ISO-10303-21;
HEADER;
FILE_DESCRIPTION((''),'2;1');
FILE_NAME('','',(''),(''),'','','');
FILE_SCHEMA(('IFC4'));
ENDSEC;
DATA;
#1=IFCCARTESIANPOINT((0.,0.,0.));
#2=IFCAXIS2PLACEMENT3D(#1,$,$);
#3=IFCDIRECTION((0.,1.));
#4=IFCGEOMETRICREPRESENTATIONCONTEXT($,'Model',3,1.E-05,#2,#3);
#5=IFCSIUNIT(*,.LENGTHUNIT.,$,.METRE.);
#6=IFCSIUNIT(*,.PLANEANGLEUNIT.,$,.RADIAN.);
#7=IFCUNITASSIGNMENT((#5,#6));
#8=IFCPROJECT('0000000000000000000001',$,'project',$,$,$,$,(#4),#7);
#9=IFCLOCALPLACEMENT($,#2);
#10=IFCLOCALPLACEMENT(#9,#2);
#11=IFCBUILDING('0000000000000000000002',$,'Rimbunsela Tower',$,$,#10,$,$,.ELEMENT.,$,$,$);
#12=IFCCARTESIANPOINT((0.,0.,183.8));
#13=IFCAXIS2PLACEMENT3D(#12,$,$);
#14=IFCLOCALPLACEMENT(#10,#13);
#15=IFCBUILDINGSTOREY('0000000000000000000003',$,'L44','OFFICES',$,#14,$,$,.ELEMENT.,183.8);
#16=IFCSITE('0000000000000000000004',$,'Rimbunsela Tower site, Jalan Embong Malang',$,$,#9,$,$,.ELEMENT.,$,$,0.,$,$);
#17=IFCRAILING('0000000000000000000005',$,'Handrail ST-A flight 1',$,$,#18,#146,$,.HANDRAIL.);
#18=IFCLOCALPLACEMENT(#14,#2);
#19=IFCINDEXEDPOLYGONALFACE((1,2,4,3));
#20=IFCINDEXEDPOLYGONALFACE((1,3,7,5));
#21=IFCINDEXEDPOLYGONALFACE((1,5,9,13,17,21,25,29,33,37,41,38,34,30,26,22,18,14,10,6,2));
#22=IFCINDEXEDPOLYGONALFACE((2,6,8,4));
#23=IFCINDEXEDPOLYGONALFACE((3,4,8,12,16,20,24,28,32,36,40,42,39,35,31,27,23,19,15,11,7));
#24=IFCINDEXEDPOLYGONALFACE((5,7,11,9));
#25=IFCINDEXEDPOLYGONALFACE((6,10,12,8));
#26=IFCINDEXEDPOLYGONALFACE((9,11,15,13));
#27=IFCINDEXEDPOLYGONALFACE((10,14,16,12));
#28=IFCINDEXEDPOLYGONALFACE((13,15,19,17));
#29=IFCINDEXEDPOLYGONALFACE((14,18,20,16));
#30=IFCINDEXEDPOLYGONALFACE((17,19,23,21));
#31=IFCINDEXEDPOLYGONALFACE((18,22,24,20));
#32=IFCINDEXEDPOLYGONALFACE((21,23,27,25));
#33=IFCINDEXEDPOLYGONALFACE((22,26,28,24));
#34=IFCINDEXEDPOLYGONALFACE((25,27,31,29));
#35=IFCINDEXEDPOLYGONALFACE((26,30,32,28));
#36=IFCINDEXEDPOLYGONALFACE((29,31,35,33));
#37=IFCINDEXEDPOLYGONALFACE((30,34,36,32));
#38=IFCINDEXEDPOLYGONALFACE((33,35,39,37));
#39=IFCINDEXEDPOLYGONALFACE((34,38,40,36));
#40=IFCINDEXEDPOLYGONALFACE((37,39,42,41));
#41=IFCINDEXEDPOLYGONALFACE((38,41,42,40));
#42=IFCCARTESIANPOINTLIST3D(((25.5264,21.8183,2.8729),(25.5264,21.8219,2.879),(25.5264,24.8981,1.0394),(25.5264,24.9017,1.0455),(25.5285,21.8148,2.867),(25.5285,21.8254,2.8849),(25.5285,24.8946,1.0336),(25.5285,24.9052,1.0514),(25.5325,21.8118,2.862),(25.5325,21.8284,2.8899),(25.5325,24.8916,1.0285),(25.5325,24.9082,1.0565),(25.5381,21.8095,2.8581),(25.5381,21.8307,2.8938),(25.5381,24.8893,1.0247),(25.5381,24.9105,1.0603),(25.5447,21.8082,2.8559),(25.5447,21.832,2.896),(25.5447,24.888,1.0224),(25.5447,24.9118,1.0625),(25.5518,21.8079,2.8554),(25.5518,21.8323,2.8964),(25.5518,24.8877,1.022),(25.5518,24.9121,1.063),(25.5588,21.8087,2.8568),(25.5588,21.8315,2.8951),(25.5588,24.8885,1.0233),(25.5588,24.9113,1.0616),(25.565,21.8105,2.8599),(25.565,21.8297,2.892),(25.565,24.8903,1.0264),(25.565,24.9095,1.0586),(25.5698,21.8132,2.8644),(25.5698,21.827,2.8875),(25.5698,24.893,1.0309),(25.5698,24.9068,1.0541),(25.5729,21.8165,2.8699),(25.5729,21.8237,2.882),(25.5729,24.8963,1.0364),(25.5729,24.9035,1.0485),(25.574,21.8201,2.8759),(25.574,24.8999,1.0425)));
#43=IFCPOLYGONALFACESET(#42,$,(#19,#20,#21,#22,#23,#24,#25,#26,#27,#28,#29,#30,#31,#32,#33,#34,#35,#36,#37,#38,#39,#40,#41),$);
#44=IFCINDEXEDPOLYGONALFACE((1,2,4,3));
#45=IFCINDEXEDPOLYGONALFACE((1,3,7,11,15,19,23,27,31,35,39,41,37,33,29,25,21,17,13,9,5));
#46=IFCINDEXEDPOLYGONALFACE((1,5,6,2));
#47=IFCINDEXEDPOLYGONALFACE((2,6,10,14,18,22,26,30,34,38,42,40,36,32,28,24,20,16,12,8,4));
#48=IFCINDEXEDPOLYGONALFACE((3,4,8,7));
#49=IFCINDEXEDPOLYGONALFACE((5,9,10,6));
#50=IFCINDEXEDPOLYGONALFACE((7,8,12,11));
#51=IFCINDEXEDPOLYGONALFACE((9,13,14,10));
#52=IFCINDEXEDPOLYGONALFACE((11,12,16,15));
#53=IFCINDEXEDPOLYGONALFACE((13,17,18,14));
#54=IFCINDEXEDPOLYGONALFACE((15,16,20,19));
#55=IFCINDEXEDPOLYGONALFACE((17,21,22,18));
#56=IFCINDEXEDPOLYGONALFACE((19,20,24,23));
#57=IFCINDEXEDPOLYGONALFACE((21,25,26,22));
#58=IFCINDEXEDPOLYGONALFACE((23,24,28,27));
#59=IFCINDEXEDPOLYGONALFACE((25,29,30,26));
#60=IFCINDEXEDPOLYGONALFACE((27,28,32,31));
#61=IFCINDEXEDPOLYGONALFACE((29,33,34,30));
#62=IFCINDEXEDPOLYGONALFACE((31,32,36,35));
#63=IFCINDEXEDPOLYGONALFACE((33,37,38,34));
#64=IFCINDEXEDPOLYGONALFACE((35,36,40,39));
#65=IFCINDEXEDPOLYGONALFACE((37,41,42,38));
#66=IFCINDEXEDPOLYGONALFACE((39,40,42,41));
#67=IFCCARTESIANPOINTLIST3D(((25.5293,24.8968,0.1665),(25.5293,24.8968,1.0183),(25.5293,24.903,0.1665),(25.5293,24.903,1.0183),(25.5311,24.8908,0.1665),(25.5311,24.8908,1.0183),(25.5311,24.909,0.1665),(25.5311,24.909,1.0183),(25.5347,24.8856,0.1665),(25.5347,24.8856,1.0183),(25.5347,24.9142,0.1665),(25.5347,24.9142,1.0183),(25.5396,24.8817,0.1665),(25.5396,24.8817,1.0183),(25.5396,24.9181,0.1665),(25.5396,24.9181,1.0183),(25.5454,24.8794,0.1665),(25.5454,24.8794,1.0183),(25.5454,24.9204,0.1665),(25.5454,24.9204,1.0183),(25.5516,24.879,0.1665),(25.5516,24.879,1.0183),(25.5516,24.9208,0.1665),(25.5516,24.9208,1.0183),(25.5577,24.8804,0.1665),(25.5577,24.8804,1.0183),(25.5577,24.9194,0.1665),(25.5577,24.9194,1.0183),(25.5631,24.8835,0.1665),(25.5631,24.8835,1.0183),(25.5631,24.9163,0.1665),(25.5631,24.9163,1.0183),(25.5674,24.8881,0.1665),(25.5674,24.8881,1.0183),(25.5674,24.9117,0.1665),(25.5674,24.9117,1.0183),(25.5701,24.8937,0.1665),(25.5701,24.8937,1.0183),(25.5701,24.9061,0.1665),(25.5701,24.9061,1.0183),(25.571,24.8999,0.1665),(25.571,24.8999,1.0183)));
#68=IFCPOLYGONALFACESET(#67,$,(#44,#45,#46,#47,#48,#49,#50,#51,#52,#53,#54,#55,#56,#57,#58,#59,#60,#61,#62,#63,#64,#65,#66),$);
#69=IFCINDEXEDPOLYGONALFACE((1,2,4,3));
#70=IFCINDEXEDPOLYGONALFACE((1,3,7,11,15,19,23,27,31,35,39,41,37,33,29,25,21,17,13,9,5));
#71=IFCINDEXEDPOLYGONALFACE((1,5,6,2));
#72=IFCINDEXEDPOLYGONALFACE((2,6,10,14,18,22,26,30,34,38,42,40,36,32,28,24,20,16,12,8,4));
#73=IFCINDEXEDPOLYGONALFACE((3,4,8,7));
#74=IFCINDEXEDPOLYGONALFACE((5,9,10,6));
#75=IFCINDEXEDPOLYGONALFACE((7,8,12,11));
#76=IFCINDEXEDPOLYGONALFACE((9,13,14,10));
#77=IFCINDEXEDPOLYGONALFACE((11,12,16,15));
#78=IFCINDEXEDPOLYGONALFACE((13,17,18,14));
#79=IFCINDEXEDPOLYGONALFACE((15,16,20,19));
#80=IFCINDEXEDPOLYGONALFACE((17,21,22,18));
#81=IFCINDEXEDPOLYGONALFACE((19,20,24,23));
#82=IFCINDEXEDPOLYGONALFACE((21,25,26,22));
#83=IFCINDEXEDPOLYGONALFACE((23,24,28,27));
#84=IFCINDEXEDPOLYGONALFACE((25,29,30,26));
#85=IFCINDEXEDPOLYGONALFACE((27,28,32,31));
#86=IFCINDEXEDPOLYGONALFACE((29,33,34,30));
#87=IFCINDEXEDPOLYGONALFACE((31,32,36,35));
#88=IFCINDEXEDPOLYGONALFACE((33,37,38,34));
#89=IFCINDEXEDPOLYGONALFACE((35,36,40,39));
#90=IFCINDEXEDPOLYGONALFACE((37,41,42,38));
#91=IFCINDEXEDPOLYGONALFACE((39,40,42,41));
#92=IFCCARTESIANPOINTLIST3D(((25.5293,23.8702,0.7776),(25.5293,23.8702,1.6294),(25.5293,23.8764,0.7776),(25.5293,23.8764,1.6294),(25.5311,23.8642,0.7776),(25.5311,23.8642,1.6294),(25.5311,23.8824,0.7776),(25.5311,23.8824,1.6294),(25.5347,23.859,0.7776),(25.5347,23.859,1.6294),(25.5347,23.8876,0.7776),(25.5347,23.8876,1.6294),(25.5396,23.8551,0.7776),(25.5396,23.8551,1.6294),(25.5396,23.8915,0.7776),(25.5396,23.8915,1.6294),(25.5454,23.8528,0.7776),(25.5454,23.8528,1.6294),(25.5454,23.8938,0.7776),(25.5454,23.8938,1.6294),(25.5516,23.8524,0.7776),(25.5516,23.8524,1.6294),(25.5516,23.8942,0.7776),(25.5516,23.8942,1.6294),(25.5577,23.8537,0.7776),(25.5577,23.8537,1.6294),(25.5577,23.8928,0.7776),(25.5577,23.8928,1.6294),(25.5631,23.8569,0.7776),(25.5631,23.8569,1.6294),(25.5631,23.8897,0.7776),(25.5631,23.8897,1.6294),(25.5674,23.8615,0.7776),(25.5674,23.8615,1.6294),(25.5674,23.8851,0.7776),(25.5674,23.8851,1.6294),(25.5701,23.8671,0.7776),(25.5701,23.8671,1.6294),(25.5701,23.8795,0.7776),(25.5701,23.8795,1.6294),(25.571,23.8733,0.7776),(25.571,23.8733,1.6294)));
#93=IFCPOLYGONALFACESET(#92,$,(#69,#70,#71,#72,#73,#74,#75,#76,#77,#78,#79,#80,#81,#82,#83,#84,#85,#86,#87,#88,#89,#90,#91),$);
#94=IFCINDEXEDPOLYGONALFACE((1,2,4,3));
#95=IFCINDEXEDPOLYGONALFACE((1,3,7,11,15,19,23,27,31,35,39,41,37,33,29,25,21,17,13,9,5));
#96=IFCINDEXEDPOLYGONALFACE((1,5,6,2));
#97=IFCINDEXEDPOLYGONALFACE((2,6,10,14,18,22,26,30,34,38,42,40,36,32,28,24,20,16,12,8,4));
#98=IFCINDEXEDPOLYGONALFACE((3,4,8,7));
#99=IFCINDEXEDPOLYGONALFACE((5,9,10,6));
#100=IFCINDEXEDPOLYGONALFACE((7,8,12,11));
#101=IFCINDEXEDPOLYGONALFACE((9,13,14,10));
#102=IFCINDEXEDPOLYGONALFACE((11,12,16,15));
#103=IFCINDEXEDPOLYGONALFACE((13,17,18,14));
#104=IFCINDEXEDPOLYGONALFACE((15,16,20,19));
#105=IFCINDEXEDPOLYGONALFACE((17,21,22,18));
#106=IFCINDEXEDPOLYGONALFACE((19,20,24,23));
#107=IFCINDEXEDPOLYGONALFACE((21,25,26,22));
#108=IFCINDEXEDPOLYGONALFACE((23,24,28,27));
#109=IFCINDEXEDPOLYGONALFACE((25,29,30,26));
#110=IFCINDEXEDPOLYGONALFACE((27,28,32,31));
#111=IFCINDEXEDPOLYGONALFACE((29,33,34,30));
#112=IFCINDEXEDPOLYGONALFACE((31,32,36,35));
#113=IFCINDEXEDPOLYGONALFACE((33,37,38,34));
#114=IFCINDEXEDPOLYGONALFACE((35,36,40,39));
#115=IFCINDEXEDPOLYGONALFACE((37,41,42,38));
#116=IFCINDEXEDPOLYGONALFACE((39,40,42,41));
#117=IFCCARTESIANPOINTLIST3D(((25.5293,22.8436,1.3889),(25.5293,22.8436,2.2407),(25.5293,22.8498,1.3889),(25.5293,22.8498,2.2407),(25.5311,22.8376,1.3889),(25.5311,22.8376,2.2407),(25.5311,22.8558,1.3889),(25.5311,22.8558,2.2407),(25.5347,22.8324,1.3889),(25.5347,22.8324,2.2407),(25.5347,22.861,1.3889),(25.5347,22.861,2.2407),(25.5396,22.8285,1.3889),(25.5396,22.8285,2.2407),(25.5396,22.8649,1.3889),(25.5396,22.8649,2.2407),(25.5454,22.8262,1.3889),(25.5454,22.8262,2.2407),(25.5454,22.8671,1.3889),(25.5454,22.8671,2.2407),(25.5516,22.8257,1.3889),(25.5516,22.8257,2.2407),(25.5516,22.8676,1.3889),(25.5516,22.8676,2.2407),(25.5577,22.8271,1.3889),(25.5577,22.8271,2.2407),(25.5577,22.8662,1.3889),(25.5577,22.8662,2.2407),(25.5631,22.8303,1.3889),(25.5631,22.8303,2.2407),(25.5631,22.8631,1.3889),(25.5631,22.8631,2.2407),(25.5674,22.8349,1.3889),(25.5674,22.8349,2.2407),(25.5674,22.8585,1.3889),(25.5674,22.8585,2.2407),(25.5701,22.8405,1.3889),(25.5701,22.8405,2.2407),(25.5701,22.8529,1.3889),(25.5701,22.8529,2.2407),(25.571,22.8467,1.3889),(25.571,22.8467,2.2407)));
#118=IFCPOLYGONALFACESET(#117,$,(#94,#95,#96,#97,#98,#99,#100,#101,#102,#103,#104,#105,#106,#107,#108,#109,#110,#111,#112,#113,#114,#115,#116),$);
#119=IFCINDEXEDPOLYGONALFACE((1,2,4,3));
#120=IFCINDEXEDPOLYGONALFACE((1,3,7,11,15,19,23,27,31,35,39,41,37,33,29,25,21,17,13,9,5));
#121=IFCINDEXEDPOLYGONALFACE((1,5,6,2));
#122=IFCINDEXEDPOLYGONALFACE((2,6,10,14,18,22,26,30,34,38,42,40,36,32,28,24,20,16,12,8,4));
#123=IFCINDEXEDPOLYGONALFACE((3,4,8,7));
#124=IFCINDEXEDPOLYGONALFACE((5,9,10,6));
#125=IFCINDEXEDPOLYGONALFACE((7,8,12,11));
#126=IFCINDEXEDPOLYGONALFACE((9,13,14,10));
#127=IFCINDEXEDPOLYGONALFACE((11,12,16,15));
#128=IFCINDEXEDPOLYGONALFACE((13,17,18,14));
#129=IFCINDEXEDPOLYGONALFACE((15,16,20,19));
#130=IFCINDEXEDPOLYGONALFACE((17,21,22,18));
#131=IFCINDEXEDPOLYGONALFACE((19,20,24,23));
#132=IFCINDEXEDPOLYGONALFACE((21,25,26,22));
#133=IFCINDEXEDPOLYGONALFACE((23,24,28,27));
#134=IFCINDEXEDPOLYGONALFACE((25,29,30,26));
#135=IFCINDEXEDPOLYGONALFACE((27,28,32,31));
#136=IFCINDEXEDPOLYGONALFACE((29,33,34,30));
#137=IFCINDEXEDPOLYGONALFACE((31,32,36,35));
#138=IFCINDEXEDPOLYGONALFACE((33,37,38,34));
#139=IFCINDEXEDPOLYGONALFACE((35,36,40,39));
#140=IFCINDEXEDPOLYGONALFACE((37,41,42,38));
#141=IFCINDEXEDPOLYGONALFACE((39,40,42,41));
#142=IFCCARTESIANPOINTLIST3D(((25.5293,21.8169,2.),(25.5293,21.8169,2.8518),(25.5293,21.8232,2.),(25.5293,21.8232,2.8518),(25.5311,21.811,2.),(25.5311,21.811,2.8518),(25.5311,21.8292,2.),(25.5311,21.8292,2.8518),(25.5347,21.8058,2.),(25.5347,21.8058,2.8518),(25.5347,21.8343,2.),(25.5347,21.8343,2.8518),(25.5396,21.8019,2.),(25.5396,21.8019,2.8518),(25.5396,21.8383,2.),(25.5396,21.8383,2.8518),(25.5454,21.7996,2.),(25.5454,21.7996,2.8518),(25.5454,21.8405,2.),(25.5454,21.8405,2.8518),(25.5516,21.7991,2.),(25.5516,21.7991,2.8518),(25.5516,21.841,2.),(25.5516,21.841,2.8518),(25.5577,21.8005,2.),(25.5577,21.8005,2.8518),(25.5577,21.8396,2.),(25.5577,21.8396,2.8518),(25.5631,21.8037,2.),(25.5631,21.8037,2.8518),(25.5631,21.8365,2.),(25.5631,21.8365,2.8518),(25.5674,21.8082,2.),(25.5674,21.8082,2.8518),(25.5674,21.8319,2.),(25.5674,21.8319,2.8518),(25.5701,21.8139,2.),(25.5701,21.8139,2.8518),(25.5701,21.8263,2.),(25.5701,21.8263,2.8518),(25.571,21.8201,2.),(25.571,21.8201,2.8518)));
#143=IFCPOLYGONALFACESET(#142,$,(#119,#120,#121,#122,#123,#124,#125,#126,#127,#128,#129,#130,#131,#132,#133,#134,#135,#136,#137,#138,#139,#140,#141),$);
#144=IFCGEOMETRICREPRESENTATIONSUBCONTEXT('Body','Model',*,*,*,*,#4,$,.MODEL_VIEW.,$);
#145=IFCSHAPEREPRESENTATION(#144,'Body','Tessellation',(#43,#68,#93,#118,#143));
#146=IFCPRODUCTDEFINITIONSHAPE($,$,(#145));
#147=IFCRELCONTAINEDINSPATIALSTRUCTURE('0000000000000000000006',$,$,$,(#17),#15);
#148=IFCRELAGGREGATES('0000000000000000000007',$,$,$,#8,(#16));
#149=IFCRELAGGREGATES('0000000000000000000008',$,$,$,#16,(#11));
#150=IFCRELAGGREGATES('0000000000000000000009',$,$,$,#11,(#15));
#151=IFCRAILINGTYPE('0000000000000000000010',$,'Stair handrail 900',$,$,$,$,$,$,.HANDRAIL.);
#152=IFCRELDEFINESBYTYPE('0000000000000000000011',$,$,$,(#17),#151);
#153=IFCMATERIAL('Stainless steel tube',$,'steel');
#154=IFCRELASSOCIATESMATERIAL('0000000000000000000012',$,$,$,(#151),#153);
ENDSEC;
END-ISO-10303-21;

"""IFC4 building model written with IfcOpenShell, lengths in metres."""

from ifc_helpers import new_model, si_unit, direction, frame, origin, origin_2d, place, context, subcontext, project, spatial, circle, extrude, material, type_object, element, save


model = new_model("IFC4")

# Units and contexts
model_context = context("Model", 3, precision=1e-05, world=origin(), true_north=direction((0.0, 1.0)))
body_context = subcontext(model_context, "Body", "Model", "MODEL_VIEW")
ifc_project = project(units=[si_unit("LENGTHUNIT", "METRE"), si_unit("PLANEANGLEUNIT", "RADIAN")], contexts=[model_context])

# Site, building, storey
site_placement = place(None, origin())
site = spatial("IfcSite", under=ifc_project, at=site_placement, Name="Rimbunsela Tower site, Jalan Embong Malang", CompositionType="ELEMENT", RefElevation=0.0)
building_placement = place(site_placement, origin())
building = spatial("IfcBuilding", under=site, at=building_placement, Name="Rimbunsela Tower", CompositionType="ELEMENT")
storey_placement = place(building_placement, frame((0.0, 0.0, 183.8)))
storey = spatial("IfcBuildingStorey", under=building, at=storey_placement, Name="L44", Description="OFFICES", CompositionType="ELEMENT", Elevation=183.8)

# Railing
ifc_material_1 = material(Name="Stainless steel tube", Category="steel")
railing_type = type_object("IfcRailingType", Name="Stair handrail 900", PredefinedType="HANDRAIL", material=ifc_material_1)
for number, where, name in (
    (1, (25.55, 24.8999, 0.1665), "Handrail ST-A flight 1"),
):
    element("IfcRailing", number, at=place(storey_placement, frame(where)), inside=storey, type_object=railing_type, Name=name, PredefinedType="HANDRAIL", context=body_context, shape_type="SweptSolid", body=[
        extrude(circle(Radius=0.0239, at=origin_2d()), frame((0.0, 0.0, 0.876), z_axis=(0.0, -0.859261, 0.511538), x_axis=(1.0, 0.0, 0.0)), (0.0, 0.0, 1.0), 3.5842),
        extrude(circle(Radius=0.021, at=origin_2d()), origin(), (0.0, 0.0, 1.0), 0.8518),
        extrude(circle(Radius=0.021, at=origin_2d()), frame((0.0, -1.0266, 0.6111)), (0.0, 0.0, 1.0), 0.8518),
        extrude(circle(Radius=0.021, at=origin_2d()), frame((0.0, -2.0532, 1.2224)), (0.0, 0.0, 1.0), 0.8518),
        extrude(circle(Radius=0.021, at=origin_2d()), frame((0.0, -3.0798, 1.8335)), (0.0, 0.0, 1.0), 0.8518),
    ])

save(model, "model.ifc")
